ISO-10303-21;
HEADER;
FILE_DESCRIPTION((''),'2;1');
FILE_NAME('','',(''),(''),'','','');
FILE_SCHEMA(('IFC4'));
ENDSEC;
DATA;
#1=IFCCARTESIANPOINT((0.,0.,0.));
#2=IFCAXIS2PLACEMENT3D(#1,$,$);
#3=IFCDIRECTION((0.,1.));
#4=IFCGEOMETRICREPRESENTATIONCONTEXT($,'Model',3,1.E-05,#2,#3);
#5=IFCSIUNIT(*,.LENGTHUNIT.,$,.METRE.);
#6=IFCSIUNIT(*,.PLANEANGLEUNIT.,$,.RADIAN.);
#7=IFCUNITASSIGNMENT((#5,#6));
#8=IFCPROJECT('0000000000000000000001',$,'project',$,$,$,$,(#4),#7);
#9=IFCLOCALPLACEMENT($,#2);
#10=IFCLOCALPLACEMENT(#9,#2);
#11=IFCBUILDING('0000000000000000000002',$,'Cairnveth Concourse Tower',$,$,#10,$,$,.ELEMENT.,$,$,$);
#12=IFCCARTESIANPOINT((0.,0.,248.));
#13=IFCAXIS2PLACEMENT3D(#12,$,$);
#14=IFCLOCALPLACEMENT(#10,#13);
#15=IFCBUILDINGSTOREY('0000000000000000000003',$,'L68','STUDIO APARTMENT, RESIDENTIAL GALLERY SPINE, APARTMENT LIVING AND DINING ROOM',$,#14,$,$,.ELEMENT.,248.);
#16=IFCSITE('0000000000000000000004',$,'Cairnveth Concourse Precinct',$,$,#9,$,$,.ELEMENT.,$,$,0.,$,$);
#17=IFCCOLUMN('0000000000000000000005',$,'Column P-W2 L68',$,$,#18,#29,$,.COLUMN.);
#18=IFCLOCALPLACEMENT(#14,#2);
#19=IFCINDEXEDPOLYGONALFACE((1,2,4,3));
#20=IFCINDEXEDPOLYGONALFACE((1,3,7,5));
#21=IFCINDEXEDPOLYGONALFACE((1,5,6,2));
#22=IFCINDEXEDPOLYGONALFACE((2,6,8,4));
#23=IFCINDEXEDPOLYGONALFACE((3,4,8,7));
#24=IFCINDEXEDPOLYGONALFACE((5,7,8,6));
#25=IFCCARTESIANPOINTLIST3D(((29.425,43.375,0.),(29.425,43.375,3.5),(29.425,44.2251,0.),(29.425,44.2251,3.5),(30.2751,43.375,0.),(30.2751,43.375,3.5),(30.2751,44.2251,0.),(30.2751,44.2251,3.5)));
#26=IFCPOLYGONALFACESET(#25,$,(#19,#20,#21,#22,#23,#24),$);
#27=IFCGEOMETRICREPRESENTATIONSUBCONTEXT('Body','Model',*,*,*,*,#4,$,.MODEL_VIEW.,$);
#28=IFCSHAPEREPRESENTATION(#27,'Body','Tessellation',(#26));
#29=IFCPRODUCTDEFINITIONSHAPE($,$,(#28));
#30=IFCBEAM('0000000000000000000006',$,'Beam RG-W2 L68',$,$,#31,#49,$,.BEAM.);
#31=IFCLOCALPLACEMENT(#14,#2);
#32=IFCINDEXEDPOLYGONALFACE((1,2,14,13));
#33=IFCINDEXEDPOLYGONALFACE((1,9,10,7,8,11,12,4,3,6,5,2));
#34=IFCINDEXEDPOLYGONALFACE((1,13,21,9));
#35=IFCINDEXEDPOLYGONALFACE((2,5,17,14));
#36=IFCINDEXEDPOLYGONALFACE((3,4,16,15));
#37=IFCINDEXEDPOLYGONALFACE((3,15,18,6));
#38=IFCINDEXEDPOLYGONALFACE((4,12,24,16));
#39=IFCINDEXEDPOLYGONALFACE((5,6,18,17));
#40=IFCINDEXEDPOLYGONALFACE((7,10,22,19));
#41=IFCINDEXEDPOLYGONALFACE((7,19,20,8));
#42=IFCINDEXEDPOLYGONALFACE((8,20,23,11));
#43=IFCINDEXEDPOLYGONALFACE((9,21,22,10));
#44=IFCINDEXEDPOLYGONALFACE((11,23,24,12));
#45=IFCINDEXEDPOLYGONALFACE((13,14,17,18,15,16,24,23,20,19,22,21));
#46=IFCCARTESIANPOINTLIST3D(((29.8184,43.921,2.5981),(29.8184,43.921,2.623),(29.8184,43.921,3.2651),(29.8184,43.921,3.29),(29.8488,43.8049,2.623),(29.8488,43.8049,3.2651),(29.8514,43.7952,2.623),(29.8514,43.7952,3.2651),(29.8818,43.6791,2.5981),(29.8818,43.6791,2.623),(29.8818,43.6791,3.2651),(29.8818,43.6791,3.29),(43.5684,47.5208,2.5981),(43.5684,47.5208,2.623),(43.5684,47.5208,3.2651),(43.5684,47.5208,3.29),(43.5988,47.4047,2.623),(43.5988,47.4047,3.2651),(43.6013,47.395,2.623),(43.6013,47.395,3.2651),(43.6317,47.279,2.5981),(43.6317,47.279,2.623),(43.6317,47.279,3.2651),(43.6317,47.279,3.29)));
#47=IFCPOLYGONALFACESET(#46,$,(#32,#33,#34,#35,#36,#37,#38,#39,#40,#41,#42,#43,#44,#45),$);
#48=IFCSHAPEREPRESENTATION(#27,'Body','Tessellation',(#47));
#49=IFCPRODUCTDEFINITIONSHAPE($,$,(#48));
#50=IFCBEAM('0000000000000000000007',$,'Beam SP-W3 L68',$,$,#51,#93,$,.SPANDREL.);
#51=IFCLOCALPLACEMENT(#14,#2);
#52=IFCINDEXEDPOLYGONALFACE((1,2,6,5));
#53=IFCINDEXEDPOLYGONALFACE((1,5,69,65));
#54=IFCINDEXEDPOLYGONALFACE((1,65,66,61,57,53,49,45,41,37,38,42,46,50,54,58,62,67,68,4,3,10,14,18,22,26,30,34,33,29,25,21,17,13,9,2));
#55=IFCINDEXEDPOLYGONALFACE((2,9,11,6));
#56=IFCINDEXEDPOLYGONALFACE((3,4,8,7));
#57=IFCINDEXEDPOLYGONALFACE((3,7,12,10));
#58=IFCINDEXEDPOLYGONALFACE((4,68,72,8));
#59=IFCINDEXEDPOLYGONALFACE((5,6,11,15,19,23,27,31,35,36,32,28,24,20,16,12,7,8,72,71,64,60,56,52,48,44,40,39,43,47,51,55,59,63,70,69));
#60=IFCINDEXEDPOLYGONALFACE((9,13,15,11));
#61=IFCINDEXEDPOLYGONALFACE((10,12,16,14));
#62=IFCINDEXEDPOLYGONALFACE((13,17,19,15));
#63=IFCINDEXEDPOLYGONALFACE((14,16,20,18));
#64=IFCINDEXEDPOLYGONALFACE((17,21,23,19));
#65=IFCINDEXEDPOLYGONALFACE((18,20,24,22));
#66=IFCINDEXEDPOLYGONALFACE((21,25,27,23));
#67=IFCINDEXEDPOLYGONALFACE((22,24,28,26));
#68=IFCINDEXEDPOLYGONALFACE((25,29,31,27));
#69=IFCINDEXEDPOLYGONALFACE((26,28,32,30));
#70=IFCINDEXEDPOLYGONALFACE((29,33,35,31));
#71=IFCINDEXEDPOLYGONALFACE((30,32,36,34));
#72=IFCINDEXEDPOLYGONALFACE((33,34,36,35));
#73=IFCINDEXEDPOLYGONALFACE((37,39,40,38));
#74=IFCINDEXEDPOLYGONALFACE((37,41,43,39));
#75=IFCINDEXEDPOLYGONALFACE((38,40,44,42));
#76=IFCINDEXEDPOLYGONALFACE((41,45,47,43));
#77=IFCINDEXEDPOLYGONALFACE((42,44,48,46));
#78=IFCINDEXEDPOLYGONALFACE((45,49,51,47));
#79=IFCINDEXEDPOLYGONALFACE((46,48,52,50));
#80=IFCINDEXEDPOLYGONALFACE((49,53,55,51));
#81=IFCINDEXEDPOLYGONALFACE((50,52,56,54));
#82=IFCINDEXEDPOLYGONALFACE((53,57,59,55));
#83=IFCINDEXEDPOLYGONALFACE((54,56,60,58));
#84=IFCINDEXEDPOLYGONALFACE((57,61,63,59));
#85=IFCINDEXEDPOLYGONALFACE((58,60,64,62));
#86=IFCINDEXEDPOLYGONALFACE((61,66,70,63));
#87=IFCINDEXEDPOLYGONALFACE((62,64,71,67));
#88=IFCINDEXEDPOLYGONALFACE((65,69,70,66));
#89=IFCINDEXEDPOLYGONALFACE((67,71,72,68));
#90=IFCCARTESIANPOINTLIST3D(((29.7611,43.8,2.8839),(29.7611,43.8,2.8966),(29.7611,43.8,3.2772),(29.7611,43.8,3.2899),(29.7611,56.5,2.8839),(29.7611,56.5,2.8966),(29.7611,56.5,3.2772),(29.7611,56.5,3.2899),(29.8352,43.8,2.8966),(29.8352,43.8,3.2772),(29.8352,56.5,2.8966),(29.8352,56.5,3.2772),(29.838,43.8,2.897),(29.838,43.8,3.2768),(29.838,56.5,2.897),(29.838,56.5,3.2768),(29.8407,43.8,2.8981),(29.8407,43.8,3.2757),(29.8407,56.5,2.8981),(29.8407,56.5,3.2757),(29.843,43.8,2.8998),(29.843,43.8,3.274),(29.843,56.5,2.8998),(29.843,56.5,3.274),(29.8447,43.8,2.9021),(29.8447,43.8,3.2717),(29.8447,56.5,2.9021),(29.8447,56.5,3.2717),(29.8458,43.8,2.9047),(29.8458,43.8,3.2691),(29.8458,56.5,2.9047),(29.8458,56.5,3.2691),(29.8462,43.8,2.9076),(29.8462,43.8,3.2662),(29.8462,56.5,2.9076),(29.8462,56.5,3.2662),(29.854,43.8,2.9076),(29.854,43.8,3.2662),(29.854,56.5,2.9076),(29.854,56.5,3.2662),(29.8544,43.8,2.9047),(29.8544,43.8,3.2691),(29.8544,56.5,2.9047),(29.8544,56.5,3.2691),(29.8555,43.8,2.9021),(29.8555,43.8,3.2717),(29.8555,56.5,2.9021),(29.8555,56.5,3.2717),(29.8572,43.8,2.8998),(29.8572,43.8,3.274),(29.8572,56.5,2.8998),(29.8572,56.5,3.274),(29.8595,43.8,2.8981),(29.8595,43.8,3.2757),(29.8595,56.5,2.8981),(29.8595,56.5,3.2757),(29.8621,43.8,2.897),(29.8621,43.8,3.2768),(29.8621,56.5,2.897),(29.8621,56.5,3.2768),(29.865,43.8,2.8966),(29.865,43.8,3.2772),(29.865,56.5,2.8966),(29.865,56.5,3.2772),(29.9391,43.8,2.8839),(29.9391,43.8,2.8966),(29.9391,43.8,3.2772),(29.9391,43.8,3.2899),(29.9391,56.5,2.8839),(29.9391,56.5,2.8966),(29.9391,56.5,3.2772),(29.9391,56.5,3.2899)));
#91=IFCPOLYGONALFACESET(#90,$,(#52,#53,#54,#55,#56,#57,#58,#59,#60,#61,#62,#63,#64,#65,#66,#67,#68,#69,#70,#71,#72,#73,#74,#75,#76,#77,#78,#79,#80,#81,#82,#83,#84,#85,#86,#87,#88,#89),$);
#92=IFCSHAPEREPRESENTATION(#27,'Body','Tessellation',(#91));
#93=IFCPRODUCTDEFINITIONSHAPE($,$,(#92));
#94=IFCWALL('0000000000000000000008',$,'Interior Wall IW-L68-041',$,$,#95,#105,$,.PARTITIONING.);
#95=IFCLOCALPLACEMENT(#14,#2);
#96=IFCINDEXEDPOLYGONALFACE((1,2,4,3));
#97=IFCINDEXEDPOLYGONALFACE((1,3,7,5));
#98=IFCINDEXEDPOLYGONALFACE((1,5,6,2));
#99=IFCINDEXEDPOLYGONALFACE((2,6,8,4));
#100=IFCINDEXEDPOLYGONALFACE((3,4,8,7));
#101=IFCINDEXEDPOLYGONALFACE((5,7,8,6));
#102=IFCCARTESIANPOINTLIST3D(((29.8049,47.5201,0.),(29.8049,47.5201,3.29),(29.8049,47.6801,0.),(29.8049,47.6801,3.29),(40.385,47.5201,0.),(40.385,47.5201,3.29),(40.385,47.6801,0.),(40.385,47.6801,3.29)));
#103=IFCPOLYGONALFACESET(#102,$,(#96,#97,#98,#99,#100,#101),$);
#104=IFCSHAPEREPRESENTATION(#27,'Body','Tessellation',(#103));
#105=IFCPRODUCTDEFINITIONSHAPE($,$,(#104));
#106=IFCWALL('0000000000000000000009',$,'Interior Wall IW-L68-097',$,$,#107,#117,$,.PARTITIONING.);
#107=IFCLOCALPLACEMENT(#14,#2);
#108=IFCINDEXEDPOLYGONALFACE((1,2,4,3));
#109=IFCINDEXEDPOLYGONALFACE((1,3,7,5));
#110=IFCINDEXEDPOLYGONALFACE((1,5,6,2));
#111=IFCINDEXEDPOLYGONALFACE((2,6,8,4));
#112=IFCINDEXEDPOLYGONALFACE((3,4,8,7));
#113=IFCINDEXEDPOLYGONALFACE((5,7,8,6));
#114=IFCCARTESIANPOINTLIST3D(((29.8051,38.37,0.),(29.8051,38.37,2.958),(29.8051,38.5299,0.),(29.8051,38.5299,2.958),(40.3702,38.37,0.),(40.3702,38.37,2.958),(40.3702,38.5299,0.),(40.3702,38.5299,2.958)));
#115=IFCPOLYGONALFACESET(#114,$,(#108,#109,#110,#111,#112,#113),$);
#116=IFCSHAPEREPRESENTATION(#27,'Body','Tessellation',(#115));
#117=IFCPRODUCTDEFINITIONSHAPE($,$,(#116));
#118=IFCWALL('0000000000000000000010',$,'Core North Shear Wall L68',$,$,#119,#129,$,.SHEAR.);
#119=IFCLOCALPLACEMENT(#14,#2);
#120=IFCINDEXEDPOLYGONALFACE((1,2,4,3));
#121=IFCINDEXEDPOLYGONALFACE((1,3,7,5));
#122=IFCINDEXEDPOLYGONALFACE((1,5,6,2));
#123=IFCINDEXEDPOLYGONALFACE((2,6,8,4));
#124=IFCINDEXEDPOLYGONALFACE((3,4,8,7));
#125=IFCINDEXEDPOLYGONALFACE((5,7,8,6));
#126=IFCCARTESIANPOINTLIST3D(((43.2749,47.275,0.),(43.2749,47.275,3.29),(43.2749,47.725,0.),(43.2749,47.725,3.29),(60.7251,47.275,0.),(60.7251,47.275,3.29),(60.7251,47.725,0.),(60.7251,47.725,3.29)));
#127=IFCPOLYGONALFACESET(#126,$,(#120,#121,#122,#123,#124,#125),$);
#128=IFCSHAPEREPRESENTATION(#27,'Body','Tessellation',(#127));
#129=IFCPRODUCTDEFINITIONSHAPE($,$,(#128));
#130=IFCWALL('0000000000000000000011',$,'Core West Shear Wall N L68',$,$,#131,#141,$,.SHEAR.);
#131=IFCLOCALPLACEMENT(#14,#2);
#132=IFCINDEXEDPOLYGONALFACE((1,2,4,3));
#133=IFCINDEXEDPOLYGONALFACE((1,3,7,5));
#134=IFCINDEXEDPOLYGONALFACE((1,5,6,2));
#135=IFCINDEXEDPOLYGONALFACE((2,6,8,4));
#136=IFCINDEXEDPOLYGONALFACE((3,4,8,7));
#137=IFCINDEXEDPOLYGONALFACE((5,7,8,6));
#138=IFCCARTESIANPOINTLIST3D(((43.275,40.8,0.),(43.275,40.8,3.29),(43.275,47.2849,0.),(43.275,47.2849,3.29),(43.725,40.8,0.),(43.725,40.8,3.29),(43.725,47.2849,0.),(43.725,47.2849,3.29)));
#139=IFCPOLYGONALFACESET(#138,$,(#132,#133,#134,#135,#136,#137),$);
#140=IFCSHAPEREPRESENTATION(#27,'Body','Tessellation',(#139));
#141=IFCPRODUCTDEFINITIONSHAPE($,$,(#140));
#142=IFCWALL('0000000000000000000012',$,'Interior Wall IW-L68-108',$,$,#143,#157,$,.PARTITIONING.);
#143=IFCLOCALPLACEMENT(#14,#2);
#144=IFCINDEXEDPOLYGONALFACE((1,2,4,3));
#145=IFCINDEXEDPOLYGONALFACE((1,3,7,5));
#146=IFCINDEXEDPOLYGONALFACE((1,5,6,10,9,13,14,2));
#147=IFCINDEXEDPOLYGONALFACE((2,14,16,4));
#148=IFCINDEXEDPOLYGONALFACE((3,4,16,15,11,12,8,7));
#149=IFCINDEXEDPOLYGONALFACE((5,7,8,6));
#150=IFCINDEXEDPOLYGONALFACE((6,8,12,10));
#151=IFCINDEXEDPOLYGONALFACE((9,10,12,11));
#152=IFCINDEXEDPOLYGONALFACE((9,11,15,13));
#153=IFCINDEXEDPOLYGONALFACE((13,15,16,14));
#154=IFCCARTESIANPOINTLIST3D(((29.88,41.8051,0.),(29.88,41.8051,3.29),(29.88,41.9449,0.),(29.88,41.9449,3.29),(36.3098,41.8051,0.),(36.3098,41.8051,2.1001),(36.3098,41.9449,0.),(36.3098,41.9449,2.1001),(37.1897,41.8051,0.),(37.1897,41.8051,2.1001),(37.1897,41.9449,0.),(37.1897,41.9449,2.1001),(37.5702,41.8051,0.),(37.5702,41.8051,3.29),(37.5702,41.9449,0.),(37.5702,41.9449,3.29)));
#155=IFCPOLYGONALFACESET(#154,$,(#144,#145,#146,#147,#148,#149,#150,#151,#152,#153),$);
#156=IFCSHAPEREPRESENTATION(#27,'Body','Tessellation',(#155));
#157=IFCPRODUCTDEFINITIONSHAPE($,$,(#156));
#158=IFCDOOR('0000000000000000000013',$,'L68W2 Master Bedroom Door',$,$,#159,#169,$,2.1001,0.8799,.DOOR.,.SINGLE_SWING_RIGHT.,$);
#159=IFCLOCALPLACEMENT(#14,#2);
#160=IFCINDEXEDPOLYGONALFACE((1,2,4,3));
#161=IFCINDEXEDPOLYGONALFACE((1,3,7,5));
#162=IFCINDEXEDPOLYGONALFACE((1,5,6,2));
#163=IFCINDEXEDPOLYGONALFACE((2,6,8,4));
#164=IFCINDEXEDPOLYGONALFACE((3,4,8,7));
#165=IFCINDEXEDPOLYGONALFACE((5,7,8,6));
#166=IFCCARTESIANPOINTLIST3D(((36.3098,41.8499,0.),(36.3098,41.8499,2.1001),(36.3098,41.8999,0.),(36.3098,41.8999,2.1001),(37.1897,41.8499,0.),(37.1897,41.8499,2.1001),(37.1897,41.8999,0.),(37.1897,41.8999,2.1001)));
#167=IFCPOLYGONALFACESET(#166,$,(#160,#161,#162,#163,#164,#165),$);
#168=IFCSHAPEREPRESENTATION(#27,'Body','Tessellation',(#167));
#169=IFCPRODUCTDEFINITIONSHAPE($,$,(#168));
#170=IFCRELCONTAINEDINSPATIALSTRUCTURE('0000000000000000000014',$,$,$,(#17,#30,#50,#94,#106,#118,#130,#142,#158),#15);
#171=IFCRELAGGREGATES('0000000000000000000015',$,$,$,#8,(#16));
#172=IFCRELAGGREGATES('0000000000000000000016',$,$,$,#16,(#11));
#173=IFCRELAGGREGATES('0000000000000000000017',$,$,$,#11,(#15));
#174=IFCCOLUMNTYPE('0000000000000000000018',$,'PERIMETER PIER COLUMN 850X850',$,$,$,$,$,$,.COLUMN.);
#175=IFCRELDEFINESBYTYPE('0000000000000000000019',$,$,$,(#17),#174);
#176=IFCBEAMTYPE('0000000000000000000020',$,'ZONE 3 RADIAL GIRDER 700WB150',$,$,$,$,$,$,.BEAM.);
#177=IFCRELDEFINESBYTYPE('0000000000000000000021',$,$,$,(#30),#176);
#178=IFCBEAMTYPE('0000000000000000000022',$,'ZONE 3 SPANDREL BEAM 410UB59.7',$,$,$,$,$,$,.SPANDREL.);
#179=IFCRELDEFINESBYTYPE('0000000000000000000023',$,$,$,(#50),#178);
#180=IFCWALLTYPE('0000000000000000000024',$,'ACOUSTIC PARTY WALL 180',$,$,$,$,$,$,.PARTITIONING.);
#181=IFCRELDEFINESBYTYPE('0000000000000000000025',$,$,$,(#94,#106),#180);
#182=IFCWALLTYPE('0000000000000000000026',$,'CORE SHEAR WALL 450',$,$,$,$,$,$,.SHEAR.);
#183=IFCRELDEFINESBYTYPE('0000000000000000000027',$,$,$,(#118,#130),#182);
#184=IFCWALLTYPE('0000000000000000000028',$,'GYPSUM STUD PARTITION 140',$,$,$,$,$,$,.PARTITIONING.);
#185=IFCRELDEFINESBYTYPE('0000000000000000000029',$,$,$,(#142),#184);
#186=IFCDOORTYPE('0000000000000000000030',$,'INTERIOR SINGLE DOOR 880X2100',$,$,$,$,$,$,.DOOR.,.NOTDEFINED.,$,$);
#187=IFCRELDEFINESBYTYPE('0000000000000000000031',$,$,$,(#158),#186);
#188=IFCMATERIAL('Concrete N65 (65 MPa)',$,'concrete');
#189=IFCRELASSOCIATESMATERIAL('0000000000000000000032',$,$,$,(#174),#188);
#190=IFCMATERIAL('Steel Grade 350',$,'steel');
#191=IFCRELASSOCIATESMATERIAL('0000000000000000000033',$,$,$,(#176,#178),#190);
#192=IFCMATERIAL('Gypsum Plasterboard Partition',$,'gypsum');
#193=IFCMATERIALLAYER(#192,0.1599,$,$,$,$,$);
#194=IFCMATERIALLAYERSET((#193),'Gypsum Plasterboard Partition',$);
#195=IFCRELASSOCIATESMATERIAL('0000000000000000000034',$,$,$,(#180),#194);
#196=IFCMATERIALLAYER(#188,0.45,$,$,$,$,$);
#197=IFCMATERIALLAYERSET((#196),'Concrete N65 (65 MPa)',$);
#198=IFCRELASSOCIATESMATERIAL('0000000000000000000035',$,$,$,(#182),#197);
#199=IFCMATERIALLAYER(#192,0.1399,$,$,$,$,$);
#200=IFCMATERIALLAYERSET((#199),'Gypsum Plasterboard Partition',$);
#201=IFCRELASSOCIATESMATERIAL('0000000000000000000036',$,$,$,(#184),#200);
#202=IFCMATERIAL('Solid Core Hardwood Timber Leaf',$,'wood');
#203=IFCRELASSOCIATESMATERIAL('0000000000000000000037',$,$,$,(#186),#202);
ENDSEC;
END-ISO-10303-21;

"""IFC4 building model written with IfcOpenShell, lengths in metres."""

from ifc_helpers import new_model, si_unit, direction, frame, frame_2d, origin, origin_2d, place, context, subcontext, project, spatial, rectangle, i_section, extrude, material, layer, layer_set, material_profile, profile_set, type_object, element, fill, save


model = new_model("IFC4")

# Units and contexts
model_context = context("Model", 3, precision=1e-05, world=origin(), true_north=direction((0.0, 1.0)))
body_context = subcontext(model_context, "Body", "Model", "MODEL_VIEW")
ifc_project = project(units=[si_unit("LENGTHUNIT", "METRE"), si_unit("PLANEANGLEUNIT", "RADIAN")], contexts=[model_context])

# Site, building, storey
site_placement = place(None, origin())
site = spatial("IfcSite", under=ifc_project, at=site_placement, Name="Cairnveth Concourse Precinct", CompositionType="ELEMENT", RefElevation=0.0)
building_placement = place(site_placement, origin())
building = spatial("IfcBuilding", under=site, at=building_placement, Name="Cairnveth Concourse Tower", CompositionType="ELEMENT")
storey_placement = place(building_placement, frame((0.0, 0.0, 248.0)))
storey = spatial("IfcBuildingStorey", under=building, at=storey_placement, Name="L68", Description="STUDIO APARTMENT, RESIDENTIAL GALLERY SPINE, APARTMENT LIVING AND DINING ROOM", CompositionType="ELEMENT", Elevation=248.0)

# Column
ifc_material_1 = material(Name="Concrete N65 (65 MPa)", Category="concrete")
ifc_material_profile_1 = material_profile(ifc_material_1, rectangle(XDim=0.8501, YDim=0.8501, at=origin_2d()), Name="RC-COL-850x850")
ifc_profile_set_1 = profile_set([ifc_material_profile_1], Name="Concrete N65 (65 MPa)")
column_type = type_object("IfcColumnType", Name="PERIMETER PIER COLUMN 850X850", PredefinedType="COLUMN", material=ifc_profile_set_1)
column_placement = place(storey_placement, frame((29.8501, 43.8, 0.0), z_axis=(0.0, 0.0, 1.0), x_axis=(0.0, 1.0, 0.0)))
element("IfcColumn", 1, at=column_placement, inside=storey, type_object=column_type, Name="Column P-W2 L68", PredefinedType="COLUMN", context=body_context, shape_type="SweptSolid", body=[
    extrude(rectangle(XDim=0.8501, YDim=0.8501, at=origin_2d()), origin(), (0.0, 0.0, 1.0), 3.5),
])

# Beams
ifc_material_2 = material(Name="Steel Grade 350", Category="steel")
ifc_material_profile_2 = material_profile(ifc_material_2, i_section(OverallWidth=0.25, OverallDepth=0.6919, WebThickness=0.01, FlangeThickness=0.0249, at=origin_2d()), Name="700WB150")
ifc_profile_set_2 = profile_set([ifc_material_profile_2], Name="Steel Grade 350")
beam_type_1 = type_object("IfcBeamType", Name="ZONE 3 RADIAL GIRDER 700WB150", PredefinedType="BEAM", material=ifc_profile_set_2)
beam_1_placement = place(storey_placement, frame((29.8501, 43.8, 2.9441), z_axis=(0.967395, 0.253271, 0.0), x_axis=(-0.253271, 0.967395, 0.0)))
element("IfcBeam", 2, at=beam_1_placement, inside=storey, type_object=beam_type_1, Name="Beam RG-W2 L68", PredefinedType="BEAM", context=body_context, shape_type="SweptSolid", body=[
    extrude(i_section(OverallWidth=0.25, OverallDepth=0.6919, WebThickness=0.01, FlangeThickness=0.0249, at=origin_2d()), origin(), (0.0, 0.0, 1.0), 14.2134),
])
ifc_material_profile_3 = material_profile(ifc_material_2, i_section(OverallWidth=0.178, OverallDepth=0.406, WebThickness=0.0078, FlangeThickness=0.0127, FilletRadius=0.011, at=origin_2d()), Name="410UB59.7")
ifc_profile_set_3 = profile_set([ifc_material_profile_3], Name="Steel Grade 350")
beam_type_2 = type_object("IfcBeamType", Name="ZONE 3 SPANDREL BEAM 410UB59.7", PredefinedType="SPANDREL", material=ifc_profile_set_3)
beam_2_placement = place(storey_placement, frame((29.8501, 43.8, 3.0869), z_axis=(0.0, 1.0, 0.0), x_axis=(-1.0, 0.0, 0.0)))
element("IfcBeam", 3, at=beam_2_placement, inside=storey, type_object=beam_type_2, Name="Beam SP-W3 L68", PredefinedType="SPANDREL", context=body_context, shape_type="SweptSolid", body=[
    extrude(i_section(OverallWidth=0.178, OverallDepth=0.406, WebThickness=0.0078, FlangeThickness=0.0127, FilletRadius=0.011, at=origin_2d()), origin(), (0.0, 0.0, 1.0), 12.7),
])

# Walls
ifc_material_3 = material(Name="Gypsum Plasterboard Partition", Category="gypsum")
ifc_layer_1 = layer(ifc_material_3, 0.1599)
ifc_layer_set_1 = layer_set([ifc_layer_1], Name="Gypsum Plasterboard Partition")
wall_type_1 = type_object("IfcWallType", Name="ACOUSTIC PARTY WALL 180", PredefinedType="PARTITIONING", material=ifc_layer_set_1)
wall_1_placement = place(storey_placement, frame((29.8049, 47.6001, 0.0), z_axis=(0.0, 0.0, 1.0), x_axis=(1.0, 0.0, 0.0)))
element("IfcWall", 4, at=wall_1_placement, inside=storey, type_object=wall_type_1, Name="Interior Wall IW-L68-041", PredefinedType="PARTITIONING", context=body_context, shape_type="SweptSolid", body=[
    extrude(rectangle(XDim=10.5801, YDim=0.1599, at=frame_2d((5.29, 0.0))), origin(), (0.0, 0.0, 1.0), 3.29),
])
wall_2_placement = place(storey_placement, frame((29.8049, 38.45, 0.0), z_axis=(0.0, 0.0, 1.0), x_axis=(1.0, 0.0, 0.0)))
element("IfcWall", 5, at=wall_2_placement, inside=storey, type_object=wall_type_1, Name="Interior Wall IW-L68-097", PredefinedType="PARTITIONING", context=body_context, shape_type="SweptSolid", body=[
    extrude(rectangle(XDim=10.5652, YDim=0.1599, at=frame_2d((5.2827, 0.0))), origin(), (0.0, 0.0, 1.0), 2.958),
])
ifc_layer_2 = layer(ifc_material_1, 0.45)
ifc_layer_set_2 = layer_set([ifc_layer_2], Name="Concrete N65 (65 MPa)")
wall_type_2 = type_object("IfcWallType", Name="CORE SHEAR WALL 450", PredefinedType="SHEAR", material=ifc_layer_set_2)
wall_3_placement = place(storey_placement, frame((43.2749, 47.5, 0.0), z_axis=(0.0, 0.0, 1.0), x_axis=(1.0, 0.0, 0.0)))
element("IfcWall", 6, at=wall_3_placement, inside=storey, type_object=wall_type_2, Name="Core North Shear Wall L68", PredefinedType="SHEAR", context=body_context, shape_type="SweptSolid", body=[
    extrude(rectangle(XDim=17.4502, YDim=0.45, at=frame_2d((8.7251, 0.0))), origin(), (0.0, 0.0, 1.0), 3.29),
])
wall_4_placement = place(storey_placement, frame((43.5, 40.8, 0.0), z_axis=(0.0, 0.0, 1.0), x_axis=(0.0, 1.0, 0.0)))
element("IfcWall", 7, at=wall_4_placement, inside=storey, type_object=wall_type_2, Name="Core West Shear Wall N L68", PredefinedType="SHEAR", context=body_context, shape_type="SweptSolid", body=[
    extrude(rectangle(XDim=6.4849, YDim=0.45, at=frame_2d((3.2424, 0.0))), origin(), (0.0, 0.0, 1.0), 3.29),
])

# Wall, opening, door
ifc_layer_3 = layer(ifc_material_3, 0.1399)
ifc_layer_set_3 = layer_set([ifc_layer_3], Name="Gypsum Plasterboard Partition")
wall_type_3 = type_object("IfcWallType", Name="GYPSUM STUD PARTITION 140", PredefinedType="PARTITIONING", material=ifc_layer_set_3)
wall_5_placement = place(storey_placement, frame((29.8799, 41.875, 0.0), z_axis=(0.0, 0.0, 1.0), x_axis=(1.0, 0.0, 0.0)))
wall_5 = element("IfcWall", 8, at=wall_5_placement, inside=storey, type_object=wall_type_3, Name="Interior Wall IW-L68-108", PredefinedType="PARTITIONING", context=body_context, shape_type="SweptSolid", body=[
    extrude(rectangle(XDim=7.6902, YDim=0.1399, at=frame_2d((3.8452, 0.0))), origin(), (0.0, 0.0, 1.0), 3.29),
])
opening_1_placement = place(wall_5_placement, frame((6.4299, 0.0, 0.0)))
opening_1 = element("IfcOpeningElement", 9, at=opening_1_placement, cuts=wall_5, PredefinedType="OPENING", context=body_context, shape_type="SweptSolid", body=[
    extrude(rectangle(XDim=0.8799, YDim=2.1001, at=frame_2d((0.4399, 1.05))), frame((0.0, 0.0798, 0.0), z_axis=(0.0, -1.0, 0.0), x_axis=(1.0, 0.0, 0.0)), (0.0, 0.0, 1.0), 0.1599),
])
ifc_material_4 = material(Name="Solid Core Hardwood Timber Leaf", Category="wood")
door_type_1 = type_object("IfcDoorType", Name="INTERIOR SINGLE DOOR 880X2100", OperationType="NOTDEFINED", PredefinedType="DOOR", material=ifc_material_4)
door_1_placement = place(opening_1_placement, origin())
door_1 = element("IfcDoor", 10, at=door_1_placement, inside=storey, type_object=door_type_1, Name="L68W2 Master Bedroom Door", OperationType="SINGLE_SWING_RIGHT", OverallHeight=2.1001, OverallWidth=0.8799, PredefinedType="DOOR", context=body_context, shape_type="SweptSolid", body=[
    extrude(rectangle(XDim=0.8799, YDim=2.1001, at=frame_2d((0.4399, 1.05))), frame((0.0, 0.0249, 0.0), z_axis=(0.0, -1.0, 0.0), x_axis=(1.0, 0.0, 0.0)), (0.0, 0.0, 1.0), 0.05),
])
fill(opening_1, door_1)

save(model, "model.ifc")
